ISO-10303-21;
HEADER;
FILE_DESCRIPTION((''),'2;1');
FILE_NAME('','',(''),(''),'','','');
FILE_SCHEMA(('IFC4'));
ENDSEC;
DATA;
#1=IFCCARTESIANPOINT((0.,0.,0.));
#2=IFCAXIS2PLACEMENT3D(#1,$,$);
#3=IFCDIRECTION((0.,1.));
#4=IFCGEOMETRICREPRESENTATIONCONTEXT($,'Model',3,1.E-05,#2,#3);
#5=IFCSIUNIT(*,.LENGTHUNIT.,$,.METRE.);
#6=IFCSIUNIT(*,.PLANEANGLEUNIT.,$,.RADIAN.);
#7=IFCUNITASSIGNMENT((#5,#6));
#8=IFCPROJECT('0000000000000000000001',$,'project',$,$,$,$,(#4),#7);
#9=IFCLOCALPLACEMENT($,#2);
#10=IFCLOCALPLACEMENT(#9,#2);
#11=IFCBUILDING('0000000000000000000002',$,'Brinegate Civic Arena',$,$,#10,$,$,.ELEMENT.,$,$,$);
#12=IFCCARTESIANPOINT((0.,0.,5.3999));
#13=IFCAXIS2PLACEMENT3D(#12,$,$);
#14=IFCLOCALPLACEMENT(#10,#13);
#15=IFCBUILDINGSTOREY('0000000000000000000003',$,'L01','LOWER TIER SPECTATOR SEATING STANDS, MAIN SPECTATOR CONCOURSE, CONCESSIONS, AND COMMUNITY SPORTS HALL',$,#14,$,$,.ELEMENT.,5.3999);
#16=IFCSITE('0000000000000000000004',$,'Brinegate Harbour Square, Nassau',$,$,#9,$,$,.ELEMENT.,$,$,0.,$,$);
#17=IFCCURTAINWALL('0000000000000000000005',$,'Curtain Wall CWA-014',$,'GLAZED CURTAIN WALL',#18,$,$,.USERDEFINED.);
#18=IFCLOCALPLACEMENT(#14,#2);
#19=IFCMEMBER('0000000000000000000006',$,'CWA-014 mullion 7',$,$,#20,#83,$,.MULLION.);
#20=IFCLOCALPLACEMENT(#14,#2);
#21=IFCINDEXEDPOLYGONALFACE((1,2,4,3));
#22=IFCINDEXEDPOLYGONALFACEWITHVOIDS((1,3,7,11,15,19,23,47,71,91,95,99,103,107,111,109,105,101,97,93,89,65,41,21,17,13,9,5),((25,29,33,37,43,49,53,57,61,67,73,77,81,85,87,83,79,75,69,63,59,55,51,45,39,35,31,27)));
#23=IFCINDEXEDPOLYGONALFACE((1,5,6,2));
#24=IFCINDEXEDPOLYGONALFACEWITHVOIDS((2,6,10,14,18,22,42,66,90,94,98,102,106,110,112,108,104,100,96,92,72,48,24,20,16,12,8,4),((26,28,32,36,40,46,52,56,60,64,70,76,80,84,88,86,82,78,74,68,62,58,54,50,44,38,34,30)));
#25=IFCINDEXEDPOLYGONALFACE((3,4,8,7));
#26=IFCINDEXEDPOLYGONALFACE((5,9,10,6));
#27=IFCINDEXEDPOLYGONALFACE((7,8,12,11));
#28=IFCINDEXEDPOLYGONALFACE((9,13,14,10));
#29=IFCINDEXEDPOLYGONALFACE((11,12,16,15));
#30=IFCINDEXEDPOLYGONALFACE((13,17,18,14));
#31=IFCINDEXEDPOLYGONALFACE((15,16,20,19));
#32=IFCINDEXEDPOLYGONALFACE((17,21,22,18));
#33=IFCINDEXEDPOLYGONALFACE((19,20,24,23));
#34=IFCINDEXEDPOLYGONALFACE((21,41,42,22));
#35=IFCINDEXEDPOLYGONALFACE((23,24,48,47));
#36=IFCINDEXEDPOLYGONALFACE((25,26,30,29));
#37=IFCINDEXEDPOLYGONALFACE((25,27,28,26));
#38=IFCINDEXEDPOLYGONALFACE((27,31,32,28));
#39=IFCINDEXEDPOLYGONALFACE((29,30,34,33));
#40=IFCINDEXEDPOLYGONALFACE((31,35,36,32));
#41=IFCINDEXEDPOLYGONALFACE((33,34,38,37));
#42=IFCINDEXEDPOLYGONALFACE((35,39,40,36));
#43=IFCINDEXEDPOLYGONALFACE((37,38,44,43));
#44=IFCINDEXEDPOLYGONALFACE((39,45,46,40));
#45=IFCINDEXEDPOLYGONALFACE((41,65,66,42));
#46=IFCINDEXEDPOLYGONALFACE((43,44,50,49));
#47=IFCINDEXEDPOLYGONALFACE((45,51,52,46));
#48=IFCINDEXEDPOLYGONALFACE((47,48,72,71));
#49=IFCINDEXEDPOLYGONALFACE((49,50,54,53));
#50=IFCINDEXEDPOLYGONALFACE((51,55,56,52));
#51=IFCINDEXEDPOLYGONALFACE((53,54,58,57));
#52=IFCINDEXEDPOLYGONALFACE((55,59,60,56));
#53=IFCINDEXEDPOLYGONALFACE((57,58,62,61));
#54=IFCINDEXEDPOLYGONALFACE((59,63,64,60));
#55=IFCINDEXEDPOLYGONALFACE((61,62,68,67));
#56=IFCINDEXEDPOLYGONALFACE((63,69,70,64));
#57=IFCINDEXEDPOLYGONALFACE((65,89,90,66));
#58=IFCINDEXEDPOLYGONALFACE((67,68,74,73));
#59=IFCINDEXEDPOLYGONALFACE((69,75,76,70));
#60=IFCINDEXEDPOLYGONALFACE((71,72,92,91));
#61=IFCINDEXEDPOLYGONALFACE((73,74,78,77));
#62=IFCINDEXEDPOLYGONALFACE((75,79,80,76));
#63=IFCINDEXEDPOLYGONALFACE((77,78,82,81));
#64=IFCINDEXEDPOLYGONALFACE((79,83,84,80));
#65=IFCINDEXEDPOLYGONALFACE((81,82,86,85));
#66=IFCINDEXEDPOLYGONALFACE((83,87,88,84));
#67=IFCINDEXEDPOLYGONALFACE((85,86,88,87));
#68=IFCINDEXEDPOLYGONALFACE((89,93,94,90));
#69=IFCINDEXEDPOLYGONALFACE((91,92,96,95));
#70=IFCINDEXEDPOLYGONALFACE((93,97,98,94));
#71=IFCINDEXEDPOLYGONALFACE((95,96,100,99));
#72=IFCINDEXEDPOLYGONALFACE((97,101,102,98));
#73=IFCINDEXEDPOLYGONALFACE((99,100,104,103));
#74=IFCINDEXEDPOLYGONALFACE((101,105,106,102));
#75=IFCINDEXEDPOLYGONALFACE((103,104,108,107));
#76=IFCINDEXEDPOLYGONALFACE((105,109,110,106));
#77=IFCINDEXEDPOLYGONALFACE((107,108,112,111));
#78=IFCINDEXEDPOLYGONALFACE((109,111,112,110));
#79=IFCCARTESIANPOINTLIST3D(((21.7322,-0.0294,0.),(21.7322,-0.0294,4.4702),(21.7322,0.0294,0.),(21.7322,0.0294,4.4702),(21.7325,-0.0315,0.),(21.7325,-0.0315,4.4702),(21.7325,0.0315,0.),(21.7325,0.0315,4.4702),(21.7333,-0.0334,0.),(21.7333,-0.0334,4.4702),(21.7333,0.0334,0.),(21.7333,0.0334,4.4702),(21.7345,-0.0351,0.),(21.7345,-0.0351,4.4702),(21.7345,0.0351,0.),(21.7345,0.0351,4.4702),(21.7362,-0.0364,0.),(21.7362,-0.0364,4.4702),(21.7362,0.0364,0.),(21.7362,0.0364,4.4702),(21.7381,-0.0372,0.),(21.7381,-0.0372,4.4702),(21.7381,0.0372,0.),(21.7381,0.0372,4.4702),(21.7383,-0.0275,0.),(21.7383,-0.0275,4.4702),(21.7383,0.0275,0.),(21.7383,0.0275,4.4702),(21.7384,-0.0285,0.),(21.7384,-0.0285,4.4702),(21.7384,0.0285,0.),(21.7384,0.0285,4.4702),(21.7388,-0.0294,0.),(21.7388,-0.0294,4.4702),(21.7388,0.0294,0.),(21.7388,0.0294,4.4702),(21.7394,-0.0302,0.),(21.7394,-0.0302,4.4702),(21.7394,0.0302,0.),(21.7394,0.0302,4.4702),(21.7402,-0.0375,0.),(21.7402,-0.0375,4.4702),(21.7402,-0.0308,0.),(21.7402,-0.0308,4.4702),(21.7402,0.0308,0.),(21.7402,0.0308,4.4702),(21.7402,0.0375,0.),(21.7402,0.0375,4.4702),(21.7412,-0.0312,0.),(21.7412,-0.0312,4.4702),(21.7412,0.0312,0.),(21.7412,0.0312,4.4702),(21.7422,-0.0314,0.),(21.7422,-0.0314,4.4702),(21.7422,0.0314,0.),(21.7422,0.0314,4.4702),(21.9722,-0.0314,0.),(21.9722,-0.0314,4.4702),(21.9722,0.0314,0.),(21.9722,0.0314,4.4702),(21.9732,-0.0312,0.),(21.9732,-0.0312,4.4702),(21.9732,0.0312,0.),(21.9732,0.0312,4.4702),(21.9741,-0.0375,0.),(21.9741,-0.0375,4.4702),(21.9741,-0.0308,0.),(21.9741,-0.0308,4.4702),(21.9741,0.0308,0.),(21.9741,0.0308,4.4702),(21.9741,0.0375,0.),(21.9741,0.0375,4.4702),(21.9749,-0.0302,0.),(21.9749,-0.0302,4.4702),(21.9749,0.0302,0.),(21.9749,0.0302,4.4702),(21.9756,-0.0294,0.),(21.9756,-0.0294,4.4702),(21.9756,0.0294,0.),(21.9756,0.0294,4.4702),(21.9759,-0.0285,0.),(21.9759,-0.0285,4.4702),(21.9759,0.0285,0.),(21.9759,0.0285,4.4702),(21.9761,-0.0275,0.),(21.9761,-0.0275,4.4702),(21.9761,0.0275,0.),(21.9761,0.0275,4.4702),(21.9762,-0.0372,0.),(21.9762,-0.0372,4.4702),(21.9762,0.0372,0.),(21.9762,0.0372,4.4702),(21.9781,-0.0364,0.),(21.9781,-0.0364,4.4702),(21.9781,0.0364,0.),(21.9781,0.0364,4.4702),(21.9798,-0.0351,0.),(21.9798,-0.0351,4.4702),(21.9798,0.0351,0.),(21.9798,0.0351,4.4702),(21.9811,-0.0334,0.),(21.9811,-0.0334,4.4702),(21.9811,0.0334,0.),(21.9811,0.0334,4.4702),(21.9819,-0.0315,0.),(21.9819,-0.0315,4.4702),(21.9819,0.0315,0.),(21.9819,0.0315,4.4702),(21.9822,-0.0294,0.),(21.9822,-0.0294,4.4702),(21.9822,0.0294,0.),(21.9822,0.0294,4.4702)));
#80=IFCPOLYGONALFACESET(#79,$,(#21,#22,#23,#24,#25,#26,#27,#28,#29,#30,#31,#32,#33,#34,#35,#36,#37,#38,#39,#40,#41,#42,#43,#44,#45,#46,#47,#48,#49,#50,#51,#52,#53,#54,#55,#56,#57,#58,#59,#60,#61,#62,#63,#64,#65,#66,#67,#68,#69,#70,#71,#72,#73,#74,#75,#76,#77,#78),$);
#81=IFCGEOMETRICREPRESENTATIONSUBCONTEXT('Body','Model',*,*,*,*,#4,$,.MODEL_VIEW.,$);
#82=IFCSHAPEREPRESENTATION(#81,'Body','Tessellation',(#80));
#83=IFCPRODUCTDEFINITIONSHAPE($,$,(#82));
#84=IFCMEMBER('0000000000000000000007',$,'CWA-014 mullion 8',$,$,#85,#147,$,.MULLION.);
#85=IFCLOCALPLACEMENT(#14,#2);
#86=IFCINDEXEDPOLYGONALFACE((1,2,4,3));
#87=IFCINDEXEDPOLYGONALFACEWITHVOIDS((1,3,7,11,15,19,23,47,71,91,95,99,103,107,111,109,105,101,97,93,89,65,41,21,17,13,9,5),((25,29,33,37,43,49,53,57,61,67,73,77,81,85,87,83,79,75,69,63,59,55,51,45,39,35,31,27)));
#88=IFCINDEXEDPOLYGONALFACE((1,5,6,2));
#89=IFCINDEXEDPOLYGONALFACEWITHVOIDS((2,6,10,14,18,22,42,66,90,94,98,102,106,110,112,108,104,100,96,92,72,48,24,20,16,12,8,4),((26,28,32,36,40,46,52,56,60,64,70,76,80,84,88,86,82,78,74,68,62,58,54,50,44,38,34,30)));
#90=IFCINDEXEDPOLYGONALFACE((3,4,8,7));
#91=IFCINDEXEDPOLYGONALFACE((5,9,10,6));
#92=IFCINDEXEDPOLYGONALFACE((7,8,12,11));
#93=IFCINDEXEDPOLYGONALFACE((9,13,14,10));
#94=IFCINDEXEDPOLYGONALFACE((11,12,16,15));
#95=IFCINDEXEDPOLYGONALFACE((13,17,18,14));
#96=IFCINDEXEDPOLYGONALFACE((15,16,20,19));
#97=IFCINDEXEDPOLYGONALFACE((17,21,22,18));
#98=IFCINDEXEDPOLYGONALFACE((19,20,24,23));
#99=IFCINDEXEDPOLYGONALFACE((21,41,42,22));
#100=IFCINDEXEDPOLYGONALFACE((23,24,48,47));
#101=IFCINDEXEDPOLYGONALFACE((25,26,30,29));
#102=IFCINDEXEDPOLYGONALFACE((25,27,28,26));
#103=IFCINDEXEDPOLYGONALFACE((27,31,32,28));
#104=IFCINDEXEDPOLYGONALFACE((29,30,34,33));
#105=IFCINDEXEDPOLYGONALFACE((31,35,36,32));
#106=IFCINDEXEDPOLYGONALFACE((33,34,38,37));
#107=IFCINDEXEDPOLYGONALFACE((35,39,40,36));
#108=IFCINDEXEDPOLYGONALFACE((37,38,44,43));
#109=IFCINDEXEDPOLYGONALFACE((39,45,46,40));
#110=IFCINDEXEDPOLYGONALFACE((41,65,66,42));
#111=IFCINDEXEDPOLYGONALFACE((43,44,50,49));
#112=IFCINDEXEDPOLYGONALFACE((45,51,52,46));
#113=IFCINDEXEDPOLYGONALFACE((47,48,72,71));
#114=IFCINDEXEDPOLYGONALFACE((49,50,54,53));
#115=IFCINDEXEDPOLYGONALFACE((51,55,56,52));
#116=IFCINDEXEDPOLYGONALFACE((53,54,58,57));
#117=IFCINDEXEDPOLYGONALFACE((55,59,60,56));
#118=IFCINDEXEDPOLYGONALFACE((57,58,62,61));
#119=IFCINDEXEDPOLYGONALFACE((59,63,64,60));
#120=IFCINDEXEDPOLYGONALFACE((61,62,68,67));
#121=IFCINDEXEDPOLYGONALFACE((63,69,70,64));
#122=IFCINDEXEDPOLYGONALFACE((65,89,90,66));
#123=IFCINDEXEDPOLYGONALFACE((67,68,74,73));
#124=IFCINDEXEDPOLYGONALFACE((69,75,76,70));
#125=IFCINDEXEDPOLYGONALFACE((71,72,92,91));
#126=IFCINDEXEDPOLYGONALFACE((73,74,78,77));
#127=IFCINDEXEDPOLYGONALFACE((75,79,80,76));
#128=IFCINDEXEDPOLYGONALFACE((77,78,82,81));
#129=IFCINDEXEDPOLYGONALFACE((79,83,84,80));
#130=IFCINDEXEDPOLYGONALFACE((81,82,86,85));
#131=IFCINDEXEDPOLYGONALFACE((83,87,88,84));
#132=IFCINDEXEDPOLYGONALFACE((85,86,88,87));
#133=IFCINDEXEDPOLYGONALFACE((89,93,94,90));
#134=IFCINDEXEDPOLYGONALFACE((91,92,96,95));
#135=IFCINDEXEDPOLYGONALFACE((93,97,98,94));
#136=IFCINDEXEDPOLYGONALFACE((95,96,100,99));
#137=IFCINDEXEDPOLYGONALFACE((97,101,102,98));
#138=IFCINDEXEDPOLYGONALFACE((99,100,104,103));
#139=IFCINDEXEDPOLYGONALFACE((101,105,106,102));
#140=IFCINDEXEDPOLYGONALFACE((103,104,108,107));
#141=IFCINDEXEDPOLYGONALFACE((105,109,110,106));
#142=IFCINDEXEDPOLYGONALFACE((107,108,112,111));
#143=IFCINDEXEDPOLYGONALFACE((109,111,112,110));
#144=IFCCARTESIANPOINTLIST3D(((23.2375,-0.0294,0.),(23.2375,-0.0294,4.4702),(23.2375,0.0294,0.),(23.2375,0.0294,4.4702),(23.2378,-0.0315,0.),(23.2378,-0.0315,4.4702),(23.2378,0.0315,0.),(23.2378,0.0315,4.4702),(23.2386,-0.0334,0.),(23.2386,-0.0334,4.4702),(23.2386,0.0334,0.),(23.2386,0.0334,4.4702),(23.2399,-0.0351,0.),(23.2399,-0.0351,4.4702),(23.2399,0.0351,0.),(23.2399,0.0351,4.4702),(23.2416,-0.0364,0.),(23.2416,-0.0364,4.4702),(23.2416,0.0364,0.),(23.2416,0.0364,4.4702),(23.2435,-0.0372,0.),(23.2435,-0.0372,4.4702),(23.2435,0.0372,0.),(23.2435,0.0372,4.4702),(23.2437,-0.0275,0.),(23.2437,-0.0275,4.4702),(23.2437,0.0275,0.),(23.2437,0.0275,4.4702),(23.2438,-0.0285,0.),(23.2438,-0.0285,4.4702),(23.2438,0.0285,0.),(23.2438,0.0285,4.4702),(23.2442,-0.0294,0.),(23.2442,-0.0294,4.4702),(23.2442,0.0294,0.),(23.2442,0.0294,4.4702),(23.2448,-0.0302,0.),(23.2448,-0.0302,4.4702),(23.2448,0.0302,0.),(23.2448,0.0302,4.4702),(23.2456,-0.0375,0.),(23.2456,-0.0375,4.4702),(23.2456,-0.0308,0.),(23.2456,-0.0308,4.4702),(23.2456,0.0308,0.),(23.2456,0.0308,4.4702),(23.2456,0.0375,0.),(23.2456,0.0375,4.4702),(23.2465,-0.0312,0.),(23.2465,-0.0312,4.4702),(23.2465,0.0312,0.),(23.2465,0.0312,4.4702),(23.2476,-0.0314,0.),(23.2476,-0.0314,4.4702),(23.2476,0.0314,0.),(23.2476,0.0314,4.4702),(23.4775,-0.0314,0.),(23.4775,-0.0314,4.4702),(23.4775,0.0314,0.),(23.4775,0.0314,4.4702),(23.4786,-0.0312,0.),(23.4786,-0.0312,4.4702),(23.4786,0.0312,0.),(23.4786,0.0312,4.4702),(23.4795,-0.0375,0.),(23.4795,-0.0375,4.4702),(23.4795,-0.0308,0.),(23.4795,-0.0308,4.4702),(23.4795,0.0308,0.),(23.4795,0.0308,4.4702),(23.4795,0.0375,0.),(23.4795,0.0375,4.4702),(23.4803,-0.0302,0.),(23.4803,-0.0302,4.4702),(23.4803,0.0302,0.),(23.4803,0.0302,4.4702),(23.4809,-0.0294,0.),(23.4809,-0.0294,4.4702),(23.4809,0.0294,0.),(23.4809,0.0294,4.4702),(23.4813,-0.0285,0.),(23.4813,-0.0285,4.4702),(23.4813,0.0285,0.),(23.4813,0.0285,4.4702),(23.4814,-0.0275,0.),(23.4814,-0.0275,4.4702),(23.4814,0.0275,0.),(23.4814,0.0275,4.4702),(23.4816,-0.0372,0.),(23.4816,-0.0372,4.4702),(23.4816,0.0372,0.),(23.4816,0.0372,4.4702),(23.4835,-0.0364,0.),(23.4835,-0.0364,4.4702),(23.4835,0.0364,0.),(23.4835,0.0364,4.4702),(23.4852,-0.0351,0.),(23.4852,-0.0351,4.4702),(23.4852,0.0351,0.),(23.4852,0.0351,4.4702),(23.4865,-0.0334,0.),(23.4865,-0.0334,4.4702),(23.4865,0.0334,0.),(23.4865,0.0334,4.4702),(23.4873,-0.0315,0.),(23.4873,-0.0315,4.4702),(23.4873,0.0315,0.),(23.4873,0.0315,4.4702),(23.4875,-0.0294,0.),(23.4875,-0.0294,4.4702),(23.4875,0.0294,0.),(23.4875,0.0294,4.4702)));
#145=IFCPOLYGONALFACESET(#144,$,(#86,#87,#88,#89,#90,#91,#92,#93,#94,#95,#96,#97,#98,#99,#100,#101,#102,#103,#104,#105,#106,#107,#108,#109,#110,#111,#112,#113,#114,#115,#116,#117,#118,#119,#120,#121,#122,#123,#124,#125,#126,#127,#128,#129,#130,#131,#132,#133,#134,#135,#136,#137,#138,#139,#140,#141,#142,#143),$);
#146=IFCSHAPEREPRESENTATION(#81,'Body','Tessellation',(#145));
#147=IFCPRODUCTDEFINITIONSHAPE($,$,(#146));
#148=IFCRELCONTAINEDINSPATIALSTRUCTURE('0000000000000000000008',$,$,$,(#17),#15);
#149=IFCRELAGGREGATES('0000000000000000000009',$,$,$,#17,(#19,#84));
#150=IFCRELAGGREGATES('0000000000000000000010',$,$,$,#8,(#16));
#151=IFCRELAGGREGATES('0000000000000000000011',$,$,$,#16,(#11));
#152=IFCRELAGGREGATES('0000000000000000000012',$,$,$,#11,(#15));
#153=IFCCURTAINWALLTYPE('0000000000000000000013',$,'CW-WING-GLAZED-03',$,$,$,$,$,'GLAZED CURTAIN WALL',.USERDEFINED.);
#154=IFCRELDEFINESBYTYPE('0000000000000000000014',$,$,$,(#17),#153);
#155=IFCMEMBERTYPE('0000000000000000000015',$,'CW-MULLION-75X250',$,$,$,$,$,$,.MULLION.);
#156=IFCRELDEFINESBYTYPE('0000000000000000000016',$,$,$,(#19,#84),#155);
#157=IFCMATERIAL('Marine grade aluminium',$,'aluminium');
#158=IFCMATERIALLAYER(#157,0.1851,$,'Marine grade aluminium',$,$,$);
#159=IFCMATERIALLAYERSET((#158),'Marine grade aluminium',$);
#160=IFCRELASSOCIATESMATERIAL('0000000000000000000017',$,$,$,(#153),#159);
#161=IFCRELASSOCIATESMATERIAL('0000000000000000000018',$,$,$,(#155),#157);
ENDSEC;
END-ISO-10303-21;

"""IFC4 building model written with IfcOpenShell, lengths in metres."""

from ifc_helpers import new_model, si_unit, direction, frame, origin, origin_2d, place, context, subcontext, project, spatial, hollow_rectangle, extrude, material, layer, layer_set, material_profile, profile_set, type_object, element, aggregate, save


model = new_model("IFC4")

# Units and contexts
model_context = context("Model", 3, precision=1e-05, world=origin(), true_north=direction((0.0, 1.0)))
body_context = subcontext(model_context, "Body", "Model", "MODEL_VIEW")
ifc_project = project(units=[si_unit("LENGTHUNIT", "METRE"), si_unit("PLANEANGLEUNIT", "RADIAN")], contexts=[model_context])

# Site, building, storey
site_placement = place(None, origin())
site = spatial("IfcSite", under=ifc_project, at=site_placement, Name="Brinegate Harbour Square, Nassau", CompositionType="ELEMENT", RefElevation=0.0)
building_placement = place(site_placement, origin())
building = spatial("IfcBuilding", under=site, at=building_placement, Name="Brinegate Civic Arena", CompositionType="ELEMENT")
storey_placement = place(building_placement, frame((0.0, 0.0, 5.3999)))
storey = spatial("IfcBuildingStorey", under=building, at=storey_placement, Name="L01", Description="LOWER TIER SPECTATOR SEATING STANDS, MAIN SPECTATOR CONCOURSE, CONCESSIONS, AND COMMUNITY SPORTS HALL", CompositionType="ELEMENT", Elevation=5.3999)

# Curtain wall, members
ifc_material_1 = material(Name="Marine grade aluminium", Category="aluminium")
ifc_layer_1 = layer(ifc_material_1, 0.1851, Name="Marine grade aluminium")
ifc_layer_set_1 = layer_set([ifc_layer_1], Name="Marine grade aluminium")
curtain_wall_type = type_object("IfcCurtainWallType", Name="CW-WING-GLAZED-03", ElementType="GLAZED CURTAIN WALL", PredefinedType="USERDEFINED", material=ifc_layer_set_1)
curtain_wall_placement = place(storey_placement, origin())
curtain_wall = element("IfcCurtainWall", 1, at=curtain_wall_placement, inside=storey, type_object=curtain_wall_type, Name="Curtain Wall CWA-014", ObjectType="GLAZED CURTAIN WALL", PredefinedType="USERDEFINED")
ifc_material_profile_1 = material_profile(ifc_material_1, hollow_rectangle(XDim=0.075, YDim=0.25, WallThickness=0.0061, InnerFilletRadius=0.0039, OuterFilletRadius=0.0081, at=origin_2d()), Name="MUL75X250")
ifc_profile_set_1 = profile_set([ifc_material_profile_1], Name="Marine grade aluminium")
member_type_1 = type_object("IfcMemberType", Name="CW-MULLION-75X250", PredefinedType="MULLION", material=ifc_profile_set_1)
member_1_placement = place(storey_placement, frame((21.8572, 0.0, 0.0), z_axis=(0.0, 0.0, 1.0), x_axis=(0.0, 1.0, 0.0)))
member_1 = element("IfcMember", 2, at=member_1_placement, type_object=member_type_1, Name="CWA-014 mullion 7", PredefinedType="MULLION", context=body_context, shape_type="SweptSolid", body=[
    extrude(hollow_rectangle(XDim=0.075, YDim=0.25, WallThickness=0.0061, InnerFilletRadius=0.0039, OuterFilletRadius=0.0081, at=origin_2d()), origin(), (0.0, 0.0, 1.0), 4.4702),
])
member_2_placement = place(storey_placement, frame((23.3625, 0.0, 0.0), z_axis=(0.0, 0.0, 1.0), x_axis=(0.0, 1.0, 0.0)))
member_2 = element("IfcMember", 3, at=member_2_placement, type_object=member_type_1, Name="CWA-014 mullion 8", PredefinedType="MULLION", context=body_context, shape_type="SweptSolid", body=[
    extrude(hollow_rectangle(XDim=0.075, YDim=0.25, WallThickness=0.0061, InnerFilletRadius=0.0039, OuterFilletRadius=0.0081, at=origin_2d()), origin(), (0.0, 0.0, 1.0), 4.4702),
])

aggregate(curtain_wall, [member_1, member_2])

save(model, "model.ifc")
